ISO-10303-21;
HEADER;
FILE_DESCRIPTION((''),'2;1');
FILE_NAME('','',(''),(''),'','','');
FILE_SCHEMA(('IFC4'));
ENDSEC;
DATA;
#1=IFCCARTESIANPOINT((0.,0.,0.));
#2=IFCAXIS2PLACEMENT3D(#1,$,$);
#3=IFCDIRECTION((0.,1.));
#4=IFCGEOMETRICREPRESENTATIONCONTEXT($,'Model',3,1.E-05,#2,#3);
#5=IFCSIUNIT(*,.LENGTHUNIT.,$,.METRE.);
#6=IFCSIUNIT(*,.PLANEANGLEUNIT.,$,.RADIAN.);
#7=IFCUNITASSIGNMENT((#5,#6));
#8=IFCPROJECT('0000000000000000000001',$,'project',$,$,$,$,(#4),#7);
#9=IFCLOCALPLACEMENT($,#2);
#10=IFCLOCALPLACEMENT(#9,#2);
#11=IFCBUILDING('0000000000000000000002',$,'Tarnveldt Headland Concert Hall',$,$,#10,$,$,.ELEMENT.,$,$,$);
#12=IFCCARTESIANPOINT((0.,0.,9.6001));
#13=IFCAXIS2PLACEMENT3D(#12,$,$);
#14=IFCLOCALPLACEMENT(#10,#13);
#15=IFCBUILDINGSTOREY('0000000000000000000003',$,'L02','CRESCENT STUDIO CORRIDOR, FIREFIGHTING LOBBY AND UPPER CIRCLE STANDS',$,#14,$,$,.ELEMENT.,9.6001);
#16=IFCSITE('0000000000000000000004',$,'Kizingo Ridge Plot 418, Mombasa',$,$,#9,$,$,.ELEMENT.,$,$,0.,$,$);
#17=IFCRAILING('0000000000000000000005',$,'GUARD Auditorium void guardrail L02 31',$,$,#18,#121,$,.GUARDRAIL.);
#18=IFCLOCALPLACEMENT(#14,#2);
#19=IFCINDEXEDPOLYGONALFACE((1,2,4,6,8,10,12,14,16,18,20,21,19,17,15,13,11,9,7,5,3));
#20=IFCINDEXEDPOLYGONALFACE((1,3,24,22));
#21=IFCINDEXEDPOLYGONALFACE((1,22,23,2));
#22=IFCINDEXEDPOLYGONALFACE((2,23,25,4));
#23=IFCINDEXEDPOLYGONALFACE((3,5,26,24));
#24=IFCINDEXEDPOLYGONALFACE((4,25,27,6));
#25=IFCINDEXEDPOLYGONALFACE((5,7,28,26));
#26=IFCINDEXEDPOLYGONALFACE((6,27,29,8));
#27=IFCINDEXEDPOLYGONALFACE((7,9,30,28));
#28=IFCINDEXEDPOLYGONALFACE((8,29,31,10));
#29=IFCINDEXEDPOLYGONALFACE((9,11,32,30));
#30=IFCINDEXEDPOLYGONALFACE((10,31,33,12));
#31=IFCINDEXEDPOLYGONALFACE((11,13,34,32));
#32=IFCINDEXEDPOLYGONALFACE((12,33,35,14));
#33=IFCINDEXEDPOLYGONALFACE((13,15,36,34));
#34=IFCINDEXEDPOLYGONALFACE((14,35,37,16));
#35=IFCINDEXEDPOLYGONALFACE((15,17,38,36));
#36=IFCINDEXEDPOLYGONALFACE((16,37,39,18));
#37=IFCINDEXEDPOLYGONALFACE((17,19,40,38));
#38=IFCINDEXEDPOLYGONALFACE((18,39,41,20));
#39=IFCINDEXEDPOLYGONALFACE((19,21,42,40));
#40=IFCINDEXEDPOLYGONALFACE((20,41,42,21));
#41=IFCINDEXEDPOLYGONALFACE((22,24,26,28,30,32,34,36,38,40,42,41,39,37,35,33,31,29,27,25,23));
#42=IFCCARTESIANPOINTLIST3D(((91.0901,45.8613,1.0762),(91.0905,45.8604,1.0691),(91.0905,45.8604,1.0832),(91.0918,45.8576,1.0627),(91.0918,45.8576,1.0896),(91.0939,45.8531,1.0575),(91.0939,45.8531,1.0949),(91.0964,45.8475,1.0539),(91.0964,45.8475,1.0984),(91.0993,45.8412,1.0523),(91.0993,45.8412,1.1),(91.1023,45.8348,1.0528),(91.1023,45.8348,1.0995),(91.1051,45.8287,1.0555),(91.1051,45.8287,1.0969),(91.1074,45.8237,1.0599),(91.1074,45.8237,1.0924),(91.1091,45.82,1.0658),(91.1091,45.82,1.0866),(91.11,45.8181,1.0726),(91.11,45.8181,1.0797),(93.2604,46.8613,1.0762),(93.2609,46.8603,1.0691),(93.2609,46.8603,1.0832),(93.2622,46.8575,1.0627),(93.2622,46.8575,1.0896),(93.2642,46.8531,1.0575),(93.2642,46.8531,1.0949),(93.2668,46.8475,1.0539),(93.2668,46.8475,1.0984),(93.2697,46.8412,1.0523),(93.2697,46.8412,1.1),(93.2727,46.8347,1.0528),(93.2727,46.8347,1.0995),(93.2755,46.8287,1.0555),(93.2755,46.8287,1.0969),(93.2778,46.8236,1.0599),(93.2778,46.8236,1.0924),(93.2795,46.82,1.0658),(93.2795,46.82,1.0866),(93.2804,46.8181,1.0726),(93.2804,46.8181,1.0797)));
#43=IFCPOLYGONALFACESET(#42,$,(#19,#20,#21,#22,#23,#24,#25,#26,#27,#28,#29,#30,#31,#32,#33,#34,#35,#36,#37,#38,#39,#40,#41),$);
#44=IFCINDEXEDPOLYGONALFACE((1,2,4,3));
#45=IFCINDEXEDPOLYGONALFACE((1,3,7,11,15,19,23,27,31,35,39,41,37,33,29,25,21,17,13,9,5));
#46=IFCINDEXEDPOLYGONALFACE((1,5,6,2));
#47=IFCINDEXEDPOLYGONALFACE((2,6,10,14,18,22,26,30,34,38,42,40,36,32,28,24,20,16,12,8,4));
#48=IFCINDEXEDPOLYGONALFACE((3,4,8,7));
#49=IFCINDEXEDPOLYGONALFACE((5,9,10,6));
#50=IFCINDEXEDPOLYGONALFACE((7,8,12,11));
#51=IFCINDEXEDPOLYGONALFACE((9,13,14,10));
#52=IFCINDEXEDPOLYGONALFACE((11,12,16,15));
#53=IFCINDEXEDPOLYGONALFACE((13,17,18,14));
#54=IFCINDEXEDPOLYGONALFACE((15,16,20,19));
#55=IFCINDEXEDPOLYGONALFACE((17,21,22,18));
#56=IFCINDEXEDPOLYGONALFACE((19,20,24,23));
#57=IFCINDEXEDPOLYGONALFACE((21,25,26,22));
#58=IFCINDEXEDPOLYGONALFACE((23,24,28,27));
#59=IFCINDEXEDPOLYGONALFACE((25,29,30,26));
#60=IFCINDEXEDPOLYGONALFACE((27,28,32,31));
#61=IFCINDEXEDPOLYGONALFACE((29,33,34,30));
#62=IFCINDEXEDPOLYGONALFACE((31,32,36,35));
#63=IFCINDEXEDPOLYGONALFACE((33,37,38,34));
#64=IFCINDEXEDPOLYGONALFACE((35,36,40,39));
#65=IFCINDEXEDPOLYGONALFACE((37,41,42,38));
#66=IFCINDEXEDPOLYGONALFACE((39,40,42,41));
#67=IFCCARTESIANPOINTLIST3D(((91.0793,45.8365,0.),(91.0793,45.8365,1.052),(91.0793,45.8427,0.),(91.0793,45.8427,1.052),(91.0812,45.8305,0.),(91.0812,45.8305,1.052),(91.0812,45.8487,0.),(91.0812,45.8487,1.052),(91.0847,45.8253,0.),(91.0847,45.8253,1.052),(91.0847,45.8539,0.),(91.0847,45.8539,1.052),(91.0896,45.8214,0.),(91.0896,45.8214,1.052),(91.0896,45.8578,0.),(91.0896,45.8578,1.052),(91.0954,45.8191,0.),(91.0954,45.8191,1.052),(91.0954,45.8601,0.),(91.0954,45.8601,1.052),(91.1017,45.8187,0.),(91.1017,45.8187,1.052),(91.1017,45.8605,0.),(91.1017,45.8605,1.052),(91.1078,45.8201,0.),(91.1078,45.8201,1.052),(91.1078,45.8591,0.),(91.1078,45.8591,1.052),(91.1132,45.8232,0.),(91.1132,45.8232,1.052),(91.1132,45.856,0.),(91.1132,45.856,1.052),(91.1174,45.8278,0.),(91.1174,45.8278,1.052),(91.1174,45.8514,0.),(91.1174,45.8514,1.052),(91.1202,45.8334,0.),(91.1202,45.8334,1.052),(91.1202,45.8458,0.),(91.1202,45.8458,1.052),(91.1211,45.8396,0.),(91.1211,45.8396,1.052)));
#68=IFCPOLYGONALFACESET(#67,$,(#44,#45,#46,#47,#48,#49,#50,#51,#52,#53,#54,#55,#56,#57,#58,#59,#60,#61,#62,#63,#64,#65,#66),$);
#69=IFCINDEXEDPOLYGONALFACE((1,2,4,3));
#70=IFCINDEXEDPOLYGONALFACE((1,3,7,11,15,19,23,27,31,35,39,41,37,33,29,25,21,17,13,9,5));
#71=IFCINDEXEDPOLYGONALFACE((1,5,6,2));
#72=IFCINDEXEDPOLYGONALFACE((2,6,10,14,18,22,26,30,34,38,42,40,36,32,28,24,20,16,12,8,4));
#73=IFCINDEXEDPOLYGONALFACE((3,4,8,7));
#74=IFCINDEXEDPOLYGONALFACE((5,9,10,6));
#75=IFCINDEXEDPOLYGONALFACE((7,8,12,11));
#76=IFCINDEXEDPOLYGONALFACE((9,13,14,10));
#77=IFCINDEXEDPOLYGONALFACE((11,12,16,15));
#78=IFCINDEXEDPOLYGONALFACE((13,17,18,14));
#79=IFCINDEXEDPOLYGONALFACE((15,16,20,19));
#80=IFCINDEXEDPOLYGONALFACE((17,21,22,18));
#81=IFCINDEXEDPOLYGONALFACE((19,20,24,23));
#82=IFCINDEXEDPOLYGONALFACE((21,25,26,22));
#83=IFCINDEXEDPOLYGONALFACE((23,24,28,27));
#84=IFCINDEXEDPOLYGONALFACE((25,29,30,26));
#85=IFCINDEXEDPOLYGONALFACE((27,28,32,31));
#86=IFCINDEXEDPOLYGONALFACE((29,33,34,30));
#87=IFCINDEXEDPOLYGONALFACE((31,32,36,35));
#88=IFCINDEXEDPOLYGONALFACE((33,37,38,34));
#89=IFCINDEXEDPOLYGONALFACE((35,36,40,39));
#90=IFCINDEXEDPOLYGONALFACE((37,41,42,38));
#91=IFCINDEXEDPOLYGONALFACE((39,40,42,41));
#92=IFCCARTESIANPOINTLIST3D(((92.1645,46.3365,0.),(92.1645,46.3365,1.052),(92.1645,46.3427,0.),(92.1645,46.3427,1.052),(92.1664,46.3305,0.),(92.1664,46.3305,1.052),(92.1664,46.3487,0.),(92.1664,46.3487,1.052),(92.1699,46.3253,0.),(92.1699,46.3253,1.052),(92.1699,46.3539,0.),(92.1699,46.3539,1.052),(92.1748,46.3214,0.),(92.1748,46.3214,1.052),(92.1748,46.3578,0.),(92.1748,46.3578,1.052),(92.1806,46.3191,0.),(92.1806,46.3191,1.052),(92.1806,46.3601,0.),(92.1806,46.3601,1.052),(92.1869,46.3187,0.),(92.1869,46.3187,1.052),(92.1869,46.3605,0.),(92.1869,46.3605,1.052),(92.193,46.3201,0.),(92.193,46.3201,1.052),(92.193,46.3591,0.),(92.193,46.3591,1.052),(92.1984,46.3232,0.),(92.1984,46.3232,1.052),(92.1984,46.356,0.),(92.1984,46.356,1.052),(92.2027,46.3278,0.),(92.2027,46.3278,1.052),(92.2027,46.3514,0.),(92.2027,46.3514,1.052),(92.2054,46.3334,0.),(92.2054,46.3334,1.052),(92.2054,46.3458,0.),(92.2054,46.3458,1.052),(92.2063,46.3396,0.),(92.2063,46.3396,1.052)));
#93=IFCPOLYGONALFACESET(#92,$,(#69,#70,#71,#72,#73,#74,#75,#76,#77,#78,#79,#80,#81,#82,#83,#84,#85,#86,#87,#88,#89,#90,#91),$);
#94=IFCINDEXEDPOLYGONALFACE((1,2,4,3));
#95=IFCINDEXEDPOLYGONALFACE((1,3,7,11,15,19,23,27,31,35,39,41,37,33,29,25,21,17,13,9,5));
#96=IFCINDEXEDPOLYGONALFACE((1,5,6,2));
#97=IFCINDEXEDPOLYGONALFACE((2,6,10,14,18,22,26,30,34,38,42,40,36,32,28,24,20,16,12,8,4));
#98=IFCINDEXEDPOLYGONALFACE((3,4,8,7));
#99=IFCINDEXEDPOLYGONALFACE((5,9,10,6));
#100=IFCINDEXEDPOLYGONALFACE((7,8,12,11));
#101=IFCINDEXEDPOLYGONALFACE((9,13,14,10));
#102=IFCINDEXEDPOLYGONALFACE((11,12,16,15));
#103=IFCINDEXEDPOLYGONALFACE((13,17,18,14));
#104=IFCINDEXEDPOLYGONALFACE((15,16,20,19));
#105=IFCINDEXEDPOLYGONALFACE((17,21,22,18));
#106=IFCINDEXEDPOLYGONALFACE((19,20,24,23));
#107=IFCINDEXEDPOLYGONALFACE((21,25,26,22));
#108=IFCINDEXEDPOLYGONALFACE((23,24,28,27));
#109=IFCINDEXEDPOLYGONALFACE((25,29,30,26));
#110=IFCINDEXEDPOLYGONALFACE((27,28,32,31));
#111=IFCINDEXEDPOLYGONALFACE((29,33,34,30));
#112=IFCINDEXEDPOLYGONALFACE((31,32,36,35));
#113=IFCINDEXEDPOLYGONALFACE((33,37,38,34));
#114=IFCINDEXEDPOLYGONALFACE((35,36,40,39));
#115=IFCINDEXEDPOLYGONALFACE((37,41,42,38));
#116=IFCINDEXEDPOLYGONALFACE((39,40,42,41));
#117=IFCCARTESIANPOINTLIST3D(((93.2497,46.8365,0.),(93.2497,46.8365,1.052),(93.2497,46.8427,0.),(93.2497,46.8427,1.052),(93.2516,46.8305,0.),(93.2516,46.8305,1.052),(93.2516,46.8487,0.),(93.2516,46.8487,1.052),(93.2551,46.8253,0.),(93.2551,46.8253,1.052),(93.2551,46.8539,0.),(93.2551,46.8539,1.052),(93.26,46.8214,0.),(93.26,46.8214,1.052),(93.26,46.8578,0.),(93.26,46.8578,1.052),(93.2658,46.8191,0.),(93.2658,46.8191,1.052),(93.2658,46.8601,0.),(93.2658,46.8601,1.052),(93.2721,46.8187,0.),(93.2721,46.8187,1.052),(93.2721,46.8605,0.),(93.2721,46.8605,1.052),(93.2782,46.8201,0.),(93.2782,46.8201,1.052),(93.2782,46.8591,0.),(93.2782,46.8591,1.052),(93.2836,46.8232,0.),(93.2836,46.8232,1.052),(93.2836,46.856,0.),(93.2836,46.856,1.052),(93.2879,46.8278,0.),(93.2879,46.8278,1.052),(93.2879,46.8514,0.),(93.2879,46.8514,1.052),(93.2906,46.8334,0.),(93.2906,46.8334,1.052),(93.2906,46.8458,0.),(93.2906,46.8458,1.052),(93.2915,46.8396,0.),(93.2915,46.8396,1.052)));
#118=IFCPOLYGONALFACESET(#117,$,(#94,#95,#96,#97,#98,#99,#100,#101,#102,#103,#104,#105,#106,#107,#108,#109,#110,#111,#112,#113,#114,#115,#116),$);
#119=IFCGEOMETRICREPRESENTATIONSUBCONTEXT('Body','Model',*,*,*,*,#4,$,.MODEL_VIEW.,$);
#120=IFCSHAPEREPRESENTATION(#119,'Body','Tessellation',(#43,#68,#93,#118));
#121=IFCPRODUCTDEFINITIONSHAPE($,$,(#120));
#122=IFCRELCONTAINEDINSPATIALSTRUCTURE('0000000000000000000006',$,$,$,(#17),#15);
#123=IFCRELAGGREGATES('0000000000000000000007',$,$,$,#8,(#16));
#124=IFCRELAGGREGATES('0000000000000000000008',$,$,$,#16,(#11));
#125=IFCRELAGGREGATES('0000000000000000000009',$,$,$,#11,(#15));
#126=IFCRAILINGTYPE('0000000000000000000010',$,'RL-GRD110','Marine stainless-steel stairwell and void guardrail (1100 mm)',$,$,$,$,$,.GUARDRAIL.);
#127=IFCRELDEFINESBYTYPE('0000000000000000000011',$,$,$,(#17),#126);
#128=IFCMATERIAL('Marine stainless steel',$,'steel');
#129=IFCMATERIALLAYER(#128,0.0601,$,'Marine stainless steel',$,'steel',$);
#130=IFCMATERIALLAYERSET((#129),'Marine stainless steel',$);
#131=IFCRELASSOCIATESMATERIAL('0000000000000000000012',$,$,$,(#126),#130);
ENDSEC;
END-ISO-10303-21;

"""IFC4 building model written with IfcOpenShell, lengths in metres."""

from ifc_helpers import new_model, si_unit, direction, frame, origin, origin_2d, place, context, subcontext, project, spatial, circle, extrude, material, layer, layer_set, type_object, element, save


model = new_model("IFC4")

# Units and contexts
model_context = context("Model", 3, precision=1e-05, world=origin(), true_north=direction((0.0, 1.0)))
body_context = subcontext(model_context, "Body", "Model", "MODEL_VIEW")
ifc_project = project(units=[si_unit("LENGTHUNIT", "METRE"), si_unit("PLANEANGLEUNIT", "RADIAN")], contexts=[model_context])

# Site, building, storey
site_placement = place(None, origin())
site = spatial("IfcSite", under=ifc_project, at=site_placement, Name="Kizingo Ridge Plot 418, Mombasa", CompositionType="ELEMENT", RefElevation=0.0)
building_placement = place(site_placement, origin())
building = spatial("IfcBuilding", under=site, at=building_placement, Name="Tarnveldt Headland Concert Hall", CompositionType="ELEMENT")
storey_placement = place(building_placement, frame((0.0, 0.0, 9.6001)))
storey = spatial("IfcBuildingStorey", under=building, at=storey_placement, Name="L02", Description="CRESCENT STUDIO CORRIDOR, FIREFIGHTING LOBBY AND UPPER CIRCLE STANDS", CompositionType="ELEMENT", Elevation=9.6001)

# Railing
ifc_material_1 = material(Name="Marine stainless steel", Category="steel")
ifc_layer = layer(ifc_material_1, 0.0601, Name="Marine stainless steel", Category="steel")
ifc_layer_set = layer_set([ifc_layer], Name="Marine stainless steel")
railing_type = type_object("IfcRailingType", Name="RL-GRD110", Description="Marine stainless-steel stairwell and void guardrail (1100 mm)", PredefinedType="GUARDRAIL", material=ifc_layer_set)
railing_1_placement = place(storey_placement, frame((91.1001, 45.8396, 0.0)))
element("IfcRailing", 1, at=railing_1_placement, inside=storey, type_object=railing_type, Name="GUARD Auditorium void guardrail L02 31", PredefinedType="GUARDRAIL", context=body_context, shape_type="SweptSolid", body=[
    extrude(circle(Radius=0.0239, at=origin_2d()), frame((0.0, 0.0, 1.0762), z_axis=(0.908234, 0.418462, 0.0), x_axis=(-0.418462, 0.908234, 0.0)), (0.0, 0.0, 1.0), 2.3896),
    extrude(circle(Radius=0.021, at=origin_2d()), origin(), (0.0, 0.0, 1.0), 1.052),
    extrude(circle(Radius=0.021, at=origin_2d()), frame((1.0852, 0.5, 0.0)), (0.0, 0.0, 1.0), 1.052),
    extrude(circle(Radius=0.021, at=origin_2d()), frame((2.1704, 1.0, 0.0)), (0.0, 0.0, 1.0), 1.052),
])

save(model, "model.ifc")
